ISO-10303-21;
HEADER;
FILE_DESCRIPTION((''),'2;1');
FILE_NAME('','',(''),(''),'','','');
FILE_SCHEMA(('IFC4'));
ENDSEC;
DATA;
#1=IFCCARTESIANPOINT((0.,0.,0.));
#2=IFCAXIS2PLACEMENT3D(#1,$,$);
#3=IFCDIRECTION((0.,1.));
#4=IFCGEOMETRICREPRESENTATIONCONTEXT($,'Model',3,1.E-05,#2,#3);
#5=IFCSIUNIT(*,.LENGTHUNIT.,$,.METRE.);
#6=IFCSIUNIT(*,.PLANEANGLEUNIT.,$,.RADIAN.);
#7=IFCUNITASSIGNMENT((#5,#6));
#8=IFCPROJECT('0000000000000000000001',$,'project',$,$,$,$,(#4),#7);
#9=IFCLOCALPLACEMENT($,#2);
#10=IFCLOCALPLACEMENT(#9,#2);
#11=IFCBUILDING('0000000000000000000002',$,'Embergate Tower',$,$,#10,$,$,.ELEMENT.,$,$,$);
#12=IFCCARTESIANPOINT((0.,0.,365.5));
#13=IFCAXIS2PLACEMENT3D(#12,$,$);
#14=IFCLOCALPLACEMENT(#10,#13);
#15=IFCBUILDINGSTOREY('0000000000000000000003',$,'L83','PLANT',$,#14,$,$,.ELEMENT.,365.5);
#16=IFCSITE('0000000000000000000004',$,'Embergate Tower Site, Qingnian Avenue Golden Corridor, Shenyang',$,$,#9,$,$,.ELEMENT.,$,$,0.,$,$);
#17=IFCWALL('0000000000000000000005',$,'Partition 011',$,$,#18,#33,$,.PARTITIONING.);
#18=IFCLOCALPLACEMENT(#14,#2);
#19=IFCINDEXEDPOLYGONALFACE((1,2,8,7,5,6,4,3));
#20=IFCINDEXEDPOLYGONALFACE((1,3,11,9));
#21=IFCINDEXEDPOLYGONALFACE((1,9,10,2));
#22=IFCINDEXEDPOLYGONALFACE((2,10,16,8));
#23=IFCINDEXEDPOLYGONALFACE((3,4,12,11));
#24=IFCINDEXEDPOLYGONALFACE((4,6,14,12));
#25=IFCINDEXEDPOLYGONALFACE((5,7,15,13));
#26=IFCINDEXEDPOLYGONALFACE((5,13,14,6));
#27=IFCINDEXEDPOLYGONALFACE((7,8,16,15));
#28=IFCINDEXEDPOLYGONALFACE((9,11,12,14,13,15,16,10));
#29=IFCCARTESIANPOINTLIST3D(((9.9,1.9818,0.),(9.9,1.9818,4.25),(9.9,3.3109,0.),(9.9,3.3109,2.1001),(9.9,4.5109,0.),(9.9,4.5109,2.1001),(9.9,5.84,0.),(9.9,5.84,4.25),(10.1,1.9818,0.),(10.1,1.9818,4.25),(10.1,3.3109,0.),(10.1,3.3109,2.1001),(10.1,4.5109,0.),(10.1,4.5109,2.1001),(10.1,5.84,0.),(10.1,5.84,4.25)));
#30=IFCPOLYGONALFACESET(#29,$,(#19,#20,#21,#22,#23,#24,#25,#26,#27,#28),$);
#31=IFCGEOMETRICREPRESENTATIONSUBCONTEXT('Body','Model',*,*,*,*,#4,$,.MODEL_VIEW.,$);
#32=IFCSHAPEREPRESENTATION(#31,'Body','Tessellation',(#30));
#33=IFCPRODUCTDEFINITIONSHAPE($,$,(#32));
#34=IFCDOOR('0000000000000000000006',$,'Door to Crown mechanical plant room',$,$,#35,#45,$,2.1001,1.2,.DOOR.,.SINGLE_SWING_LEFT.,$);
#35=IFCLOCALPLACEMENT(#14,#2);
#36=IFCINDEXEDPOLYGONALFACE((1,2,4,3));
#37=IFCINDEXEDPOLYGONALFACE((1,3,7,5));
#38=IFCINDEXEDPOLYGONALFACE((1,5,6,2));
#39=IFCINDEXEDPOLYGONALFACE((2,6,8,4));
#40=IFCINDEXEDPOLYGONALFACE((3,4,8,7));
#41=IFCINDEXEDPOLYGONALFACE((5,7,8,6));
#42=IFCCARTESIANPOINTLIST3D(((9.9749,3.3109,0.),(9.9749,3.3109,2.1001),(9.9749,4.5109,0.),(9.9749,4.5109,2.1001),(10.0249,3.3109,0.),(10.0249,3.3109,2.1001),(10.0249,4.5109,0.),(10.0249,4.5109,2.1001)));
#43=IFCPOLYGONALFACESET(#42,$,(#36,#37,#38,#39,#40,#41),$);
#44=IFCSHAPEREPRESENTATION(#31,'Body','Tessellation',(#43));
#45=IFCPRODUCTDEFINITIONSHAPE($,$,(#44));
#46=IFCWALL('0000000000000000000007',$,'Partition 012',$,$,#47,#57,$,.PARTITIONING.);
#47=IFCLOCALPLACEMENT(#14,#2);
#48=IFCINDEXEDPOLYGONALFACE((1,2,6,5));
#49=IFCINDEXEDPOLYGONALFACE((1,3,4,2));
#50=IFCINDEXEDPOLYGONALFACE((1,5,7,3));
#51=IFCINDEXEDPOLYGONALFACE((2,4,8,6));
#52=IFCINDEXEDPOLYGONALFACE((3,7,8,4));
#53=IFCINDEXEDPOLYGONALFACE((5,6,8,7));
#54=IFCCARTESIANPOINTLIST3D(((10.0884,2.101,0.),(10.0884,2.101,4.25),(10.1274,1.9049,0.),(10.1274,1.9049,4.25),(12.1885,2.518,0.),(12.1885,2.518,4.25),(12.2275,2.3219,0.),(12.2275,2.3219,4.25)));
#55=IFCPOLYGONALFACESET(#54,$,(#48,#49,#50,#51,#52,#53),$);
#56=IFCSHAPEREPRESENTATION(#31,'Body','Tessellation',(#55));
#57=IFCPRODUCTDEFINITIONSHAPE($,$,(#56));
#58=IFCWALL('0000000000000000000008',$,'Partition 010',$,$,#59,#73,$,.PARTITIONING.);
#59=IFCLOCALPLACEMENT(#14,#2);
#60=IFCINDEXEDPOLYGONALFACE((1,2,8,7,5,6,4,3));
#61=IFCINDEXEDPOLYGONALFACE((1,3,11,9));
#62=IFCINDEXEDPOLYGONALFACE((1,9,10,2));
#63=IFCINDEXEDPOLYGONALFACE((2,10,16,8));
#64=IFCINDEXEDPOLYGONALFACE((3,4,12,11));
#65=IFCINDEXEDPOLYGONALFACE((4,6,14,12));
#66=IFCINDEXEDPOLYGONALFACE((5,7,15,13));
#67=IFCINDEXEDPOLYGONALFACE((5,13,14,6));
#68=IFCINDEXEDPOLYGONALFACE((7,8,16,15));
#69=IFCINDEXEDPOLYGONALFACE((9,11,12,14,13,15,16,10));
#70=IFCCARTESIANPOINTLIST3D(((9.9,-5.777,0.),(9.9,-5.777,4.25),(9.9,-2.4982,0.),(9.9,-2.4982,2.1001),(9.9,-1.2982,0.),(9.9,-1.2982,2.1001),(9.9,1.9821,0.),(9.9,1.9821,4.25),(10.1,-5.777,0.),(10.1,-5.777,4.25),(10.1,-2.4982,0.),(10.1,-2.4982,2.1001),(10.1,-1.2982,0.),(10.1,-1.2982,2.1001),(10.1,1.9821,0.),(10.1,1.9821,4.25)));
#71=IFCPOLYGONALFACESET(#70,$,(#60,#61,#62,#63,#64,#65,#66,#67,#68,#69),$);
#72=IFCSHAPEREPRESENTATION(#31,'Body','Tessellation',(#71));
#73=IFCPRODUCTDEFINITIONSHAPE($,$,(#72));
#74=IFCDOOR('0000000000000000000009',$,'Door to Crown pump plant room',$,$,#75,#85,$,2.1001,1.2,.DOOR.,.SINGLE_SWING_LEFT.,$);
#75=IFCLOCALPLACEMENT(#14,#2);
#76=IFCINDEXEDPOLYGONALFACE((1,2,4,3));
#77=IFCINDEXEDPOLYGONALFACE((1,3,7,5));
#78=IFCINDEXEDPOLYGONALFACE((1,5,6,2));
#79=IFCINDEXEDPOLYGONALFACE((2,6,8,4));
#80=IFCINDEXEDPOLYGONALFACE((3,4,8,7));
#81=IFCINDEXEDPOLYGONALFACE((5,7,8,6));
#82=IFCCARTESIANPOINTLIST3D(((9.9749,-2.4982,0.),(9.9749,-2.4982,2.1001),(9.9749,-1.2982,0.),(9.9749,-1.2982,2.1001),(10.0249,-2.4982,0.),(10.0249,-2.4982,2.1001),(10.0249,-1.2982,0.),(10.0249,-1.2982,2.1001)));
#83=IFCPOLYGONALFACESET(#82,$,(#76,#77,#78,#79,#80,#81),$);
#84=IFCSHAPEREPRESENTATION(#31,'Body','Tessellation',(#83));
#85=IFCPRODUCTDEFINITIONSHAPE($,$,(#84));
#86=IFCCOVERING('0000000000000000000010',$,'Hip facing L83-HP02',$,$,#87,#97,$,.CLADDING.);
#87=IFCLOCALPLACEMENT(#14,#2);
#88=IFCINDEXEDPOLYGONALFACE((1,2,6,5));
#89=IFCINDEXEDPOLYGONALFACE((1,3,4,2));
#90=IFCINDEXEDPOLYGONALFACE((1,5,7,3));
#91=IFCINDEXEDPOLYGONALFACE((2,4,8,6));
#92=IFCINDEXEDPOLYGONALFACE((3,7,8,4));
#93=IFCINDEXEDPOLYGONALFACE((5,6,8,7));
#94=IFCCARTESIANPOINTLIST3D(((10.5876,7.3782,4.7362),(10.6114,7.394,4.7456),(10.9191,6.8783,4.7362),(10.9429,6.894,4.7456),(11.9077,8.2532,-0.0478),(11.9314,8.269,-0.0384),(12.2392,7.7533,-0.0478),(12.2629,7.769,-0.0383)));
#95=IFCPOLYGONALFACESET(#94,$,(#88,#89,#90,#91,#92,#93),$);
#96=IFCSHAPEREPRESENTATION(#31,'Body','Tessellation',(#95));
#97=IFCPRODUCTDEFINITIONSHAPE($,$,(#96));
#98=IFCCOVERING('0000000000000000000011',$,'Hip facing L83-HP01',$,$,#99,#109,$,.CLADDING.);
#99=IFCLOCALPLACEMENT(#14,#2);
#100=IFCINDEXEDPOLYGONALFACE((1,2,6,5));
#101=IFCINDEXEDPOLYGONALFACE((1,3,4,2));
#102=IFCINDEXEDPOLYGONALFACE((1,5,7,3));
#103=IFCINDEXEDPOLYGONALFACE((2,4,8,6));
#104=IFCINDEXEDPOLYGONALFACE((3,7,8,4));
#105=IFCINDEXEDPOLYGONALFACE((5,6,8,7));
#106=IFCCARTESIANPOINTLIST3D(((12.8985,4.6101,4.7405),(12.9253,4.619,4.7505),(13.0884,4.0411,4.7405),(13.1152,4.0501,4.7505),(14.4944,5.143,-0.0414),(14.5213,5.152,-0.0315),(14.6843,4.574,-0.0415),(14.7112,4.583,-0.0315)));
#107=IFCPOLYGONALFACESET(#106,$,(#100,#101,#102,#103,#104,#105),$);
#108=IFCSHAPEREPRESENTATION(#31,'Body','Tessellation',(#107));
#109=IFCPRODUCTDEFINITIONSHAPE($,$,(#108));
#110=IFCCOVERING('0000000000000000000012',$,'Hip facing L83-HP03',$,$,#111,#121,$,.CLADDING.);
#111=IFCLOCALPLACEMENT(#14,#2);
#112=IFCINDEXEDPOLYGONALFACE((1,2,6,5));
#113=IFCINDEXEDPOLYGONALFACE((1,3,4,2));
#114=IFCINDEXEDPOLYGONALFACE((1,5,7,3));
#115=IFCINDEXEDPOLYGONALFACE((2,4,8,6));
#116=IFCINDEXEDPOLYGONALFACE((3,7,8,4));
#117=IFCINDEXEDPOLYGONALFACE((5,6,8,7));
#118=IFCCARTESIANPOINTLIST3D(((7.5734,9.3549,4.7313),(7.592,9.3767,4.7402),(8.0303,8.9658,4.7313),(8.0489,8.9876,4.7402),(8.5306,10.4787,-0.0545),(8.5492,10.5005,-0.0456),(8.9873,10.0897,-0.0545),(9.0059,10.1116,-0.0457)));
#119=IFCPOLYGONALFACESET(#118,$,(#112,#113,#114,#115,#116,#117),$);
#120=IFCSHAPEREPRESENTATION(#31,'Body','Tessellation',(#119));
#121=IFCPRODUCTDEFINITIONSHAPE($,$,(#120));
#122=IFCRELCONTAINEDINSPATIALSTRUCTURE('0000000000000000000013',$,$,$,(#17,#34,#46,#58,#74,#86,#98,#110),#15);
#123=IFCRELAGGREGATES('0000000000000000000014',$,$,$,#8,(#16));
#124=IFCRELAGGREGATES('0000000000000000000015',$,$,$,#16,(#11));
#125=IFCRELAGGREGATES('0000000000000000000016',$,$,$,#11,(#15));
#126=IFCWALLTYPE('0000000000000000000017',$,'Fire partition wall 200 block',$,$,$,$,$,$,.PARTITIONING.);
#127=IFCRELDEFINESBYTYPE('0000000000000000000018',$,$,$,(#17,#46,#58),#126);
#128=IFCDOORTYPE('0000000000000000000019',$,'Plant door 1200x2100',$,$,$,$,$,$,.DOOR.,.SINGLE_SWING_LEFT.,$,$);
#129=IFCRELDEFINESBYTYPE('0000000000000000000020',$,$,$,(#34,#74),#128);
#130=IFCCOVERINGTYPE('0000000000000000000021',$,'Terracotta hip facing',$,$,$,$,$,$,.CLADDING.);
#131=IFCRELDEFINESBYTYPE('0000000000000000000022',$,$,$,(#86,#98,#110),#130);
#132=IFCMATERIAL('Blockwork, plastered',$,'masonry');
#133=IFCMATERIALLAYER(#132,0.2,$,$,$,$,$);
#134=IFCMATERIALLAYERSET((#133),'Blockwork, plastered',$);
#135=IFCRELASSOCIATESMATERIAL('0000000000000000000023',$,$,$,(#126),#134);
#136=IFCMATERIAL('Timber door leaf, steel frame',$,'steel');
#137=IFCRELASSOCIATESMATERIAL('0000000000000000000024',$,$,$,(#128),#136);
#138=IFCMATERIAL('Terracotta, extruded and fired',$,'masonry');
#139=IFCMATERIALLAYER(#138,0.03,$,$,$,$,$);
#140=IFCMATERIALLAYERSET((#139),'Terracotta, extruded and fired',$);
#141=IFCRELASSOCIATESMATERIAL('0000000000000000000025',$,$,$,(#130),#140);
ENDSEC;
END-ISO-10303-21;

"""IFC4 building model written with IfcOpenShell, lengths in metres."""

from ifc_helpers import new_model, si_unit, direction, frame, frame_2d, origin, place, context, subcontext, project, spatial, polyline, rectangle, outline, extrude, source, transform, mapped, material, layer, layer_set, type_object, element, fill, save


model = new_model("IFC4")

# Units and contexts
model_context = context("Model", 3, precision=1e-05, world=origin(), true_north=direction((0.0, 1.0)))
body_context = subcontext(model_context, "Body", "Model", "MODEL_VIEW")
ifc_project = project(units=[si_unit("LENGTHUNIT", "METRE"), si_unit("PLANEANGLEUNIT", "RADIAN")], contexts=[model_context])

# Site, building, storey
site_placement = place(None, origin())
site = spatial("IfcSite", under=ifc_project, at=site_placement, Name="Embergate Tower Site, Qingnian Avenue Golden Corridor, Shenyang", CompositionType="ELEMENT", RefElevation=0.0)
building_placement = place(site_placement, origin())
building = spatial("IfcBuilding", under=site, at=building_placement, Name="Embergate Tower", CompositionType="ELEMENT")
storey_placement = place(building_placement, frame((0.0, 0.0, 365.5)))
storey = spatial("IfcBuildingStorey", under=building, at=storey_placement, Name="L83", Description="PLANT", CompositionType="ELEMENT", Elevation=365.5)

# Wall, opening, door
ifc_material_1 = material(Name="Blockwork, plastered", Category="masonry")
ifc_layer_1 = layer(ifc_material_1, 0.2)
ifc_layer_set_1 = layer_set([ifc_layer_1], Name="Blockwork, plastered")
wall_type_1 = type_object("IfcWallType", Name="Fire partition wall 200 block", PredefinedType="PARTITIONING", material=ifc_layer_set_1)
shared_shape_1 = source(origin(), body_context, "Body", "SweptSolid", [
    extrude(rectangle(XDim=3.8582, YDim=0.2, at=frame_2d((1.9292, 0.0))), origin(), (0.0, 0.0, 1.0), 4.25),
])
wall_1_placement = place(storey_placement, frame((10.0, 5.8401, 0.0), z_axis=(0.0, 0.0, 1.0), x_axis=(0.0, -1.0, 0.0)))
wall_1 = element("IfcWall", 1, at=wall_1_placement, inside=storey, type_object=wall_type_1, Name="Partition 011", PredefinedType="PARTITIONING", context=body_context, shape_type="MappedRepresentation", body=[
    mapped(shared_shape_1, transform((0.0, 0.0, 0.0))),
])
shared_shape_2 = source(origin(), body_context, "Body", "SweptSolid", [
    extrude(rectangle(XDim=1.2, YDim=2.1001, at=frame_2d((0.6001, 1.05))), frame((0.0, 0.1099, 0.0), z_axis=(0.0, -1.0, 0.0), x_axis=(1.0, 0.0, 0.0)), (0.0, 0.0, 1.0), 0.22),
])
opening_1_placement = place(wall_1_placement, frame((1.3291, 0.0, 0.0)))
opening_1 = element("IfcOpeningElement", 2, at=opening_1_placement, cuts=wall_1, PredefinedType="OPENING", context=body_context, shape_type="MappedRepresentation", body=[
    mapped(shared_shape_2, transform((0.0, 0.0, 0.0))),
])
ifc_material_2 = material(Name="Timber door leaf, steel frame", Category="steel")
door_type = type_object("IfcDoorType", Name="Plant door 1200x2100", OperationType="SINGLE_SWING_LEFT", PredefinedType="DOOR", material=ifc_material_2)
shared_shape_3 = source(origin(), body_context, "Body", "SweptSolid", [
    extrude(rectangle(XDim=1.2, YDim=2.1001, at=frame_2d((0.6001, 1.05))), frame((0.0, 0.0249, 0.0), z_axis=(0.0, -1.0, 0.0), x_axis=(1.0, 0.0, 0.0)), (0.0, 0.0, 1.0), 0.05),
])
door_1_placement = place(opening_1_placement, origin())
door_1 = element("IfcDoor", 3, at=door_1_placement, inside=storey, type_object=door_type, Name="Door to Crown mechanical plant room", OperationType="SINGLE_SWING_LEFT", OverallHeight=2.1001, OverallWidth=1.2, PredefinedType="DOOR", context=body_context, shape_type="MappedRepresentation", body=[
    mapped(shared_shape_3, transform((0.0, 0.0, 0.0))),
])
fill(opening_1, door_1)

# Wall
shared_shape_4 = source(origin(), body_context, "Body", "SweptSolid", [
    extrude(rectangle(XDim=2.1411, YDim=0.2, at=frame_2d((1.0706, 0.0))), origin(), (0.0, 0.0, 1.0), 4.25),
])
wall_2_placement = place(storey_placement, frame((12.208, 2.4199, 0.0), z_axis=(0.0, 0.0, 1.0), x_axis=(-0.980852, -0.194756, 0.0)))
element("IfcWall", 4, at=wall_2_placement, inside=storey, type_object=wall_type_1, Name="Partition 012", PredefinedType="PARTITIONING", context=body_context, shape_type="MappedRepresentation", body=[
    mapped(shared_shape_4, transform((0.0, 0.0, 0.0))),
])

# Wall, opening, door
shared_shape_5 = source(origin(), body_context, "Body", "SweptSolid", [
    extrude(rectangle(XDim=7.759, YDim=0.2, at=frame_2d((3.8794, 0.0))), origin(), (0.0, 0.0, 1.0), 4.25),
])
wall_3_placement = place(storey_placement, frame((10.0, 1.9819, 0.0), z_axis=(0.0, 0.0, 1.0), x_axis=(0.0, -1.0, 0.0)))
wall_3 = element("IfcWall", 5, at=wall_3_placement, inside=storey, type_object=wall_type_1, Name="Partition 010", PredefinedType="PARTITIONING", context=body_context, shape_type="MappedRepresentation", body=[
    mapped(shared_shape_5, transform((0.0, 0.0, 0.0))),
])
opening_2_placement = place(wall_3_placement, frame((3.28, 0.0, 0.0)))
opening_2 = element("IfcOpeningElement", 6, at=opening_2_placement, cuts=wall_3, PredefinedType="OPENING", context=body_context, shape_type="MappedRepresentation", body=[
    mapped(shared_shape_2, transform((0.0, 0.0, 0.0))),
])
door_2_placement = place(opening_2_placement, origin())
door_2 = element("IfcDoor", 7, at=door_2_placement, inside=storey, type_object=door_type, Name="Door to Crown pump plant room", OperationType="SINGLE_SWING_LEFT", OverallHeight=2.1001, OverallWidth=1.2, PredefinedType="DOOR", context=body_context, shape_type="MappedRepresentation", body=[
    mapped(shared_shape_3, transform((0.0, 0.0, 0.0))),
])
fill(opening_2, door_2)

# Coverings
ifc_material_3 = material(Name="Terracotta, extruded and fired", Category="masonry")
ifc_layer_2 = layer(ifc_material_3, 0.03)
ifc_layer_set_2 = layer_set([ifc_layer_2], Name="Terracotta, extruded and fired")
covering_type = type_object("IfcCoveringType", Name="Terracotta hip facing", PredefinedType="CLADDING", material=ifc_layer_set_2)
shared_shape_6 = source(origin(), body_context, "Body", "SweptSolid", [
    extrude(outline(polyline([(0.0, 0.0), (5.0393, 0.0), (5.0393, -0.5999), (0.0, -0.5999), (0.0, 0.0)])), origin(), (0.0, 0.0, -1.0), 0.03),
])
covering_1_placement = place(storey_placement, frame((12.2629, 7.769, -0.0383), z_axis=(0.791196, 0.524631, 0.314278), x_axis=(-0.261956, -0.173636, 0.949331)))
element("IfcCovering", 8, at=covering_1_placement, inside=storey, type_object=covering_type, Name="Hip facing L83-HP02", PredefinedType="CLADDING", context=body_context, shape_type="MappedRepresentation", body=[
    mapped(shared_shape_6, transform((0.0, 0.0, 0.0))),
])
shared_shape_7 = source(origin(), body_context, "Body", "SweptSolid", [
    extrude(outline(polyline([(0.0, 0.0), (5.0693, 0.0), (5.0693, -0.5999), (0.0, -0.5999), (0.0, 0.0)])), origin(), (0.0, 0.0, -1.0), 0.03),
])
covering_2_placement = place(storey_placement, frame((14.7112, 4.583, -0.0315), z_axis=(0.894787, 0.298646, 0.331912), x_axis=(-0.314822, -0.105133, 0.94331)))
element("IfcCovering", 9, at=covering_2_placement, inside=storey, type_object=covering_type, Name="Hip facing L83-HP01", PredefinedType="CLADDING", context=body_context, shape_type="MappedRepresentation", body=[
    mapped(shared_shape_7, transform((0.0, 0.0, 0.0))),
])
shared_shape_8 = source(origin(), body_context, "Body", "SweptSolid", [
    extrude(outline(polyline([(0.0, 0.0), (5.0083, 0.0), (5.0083, -0.6001), (0.0, -0.5999), (0.0, 0.0)])), origin(), (0.0, 0.0, -1.0), 0.03),
])
covering_3_placement = place(storey_placement, frame((9.0059, 10.1116, -0.0457), z_axis=(0.619589, 0.727487, 0.294739), x_axis=(-0.191074, -0.224415, 0.955578)))
element("IfcCovering", 10, at=covering_3_placement, inside=storey, type_object=covering_type, Name="Hip facing L83-HP03", PredefinedType="CLADDING", context=body_context, shape_type="MappedRepresentation", body=[
    mapped(shared_shape_8, transform((0.0, 0.0, 0.0))),
])

save(model, "model.ifc")
